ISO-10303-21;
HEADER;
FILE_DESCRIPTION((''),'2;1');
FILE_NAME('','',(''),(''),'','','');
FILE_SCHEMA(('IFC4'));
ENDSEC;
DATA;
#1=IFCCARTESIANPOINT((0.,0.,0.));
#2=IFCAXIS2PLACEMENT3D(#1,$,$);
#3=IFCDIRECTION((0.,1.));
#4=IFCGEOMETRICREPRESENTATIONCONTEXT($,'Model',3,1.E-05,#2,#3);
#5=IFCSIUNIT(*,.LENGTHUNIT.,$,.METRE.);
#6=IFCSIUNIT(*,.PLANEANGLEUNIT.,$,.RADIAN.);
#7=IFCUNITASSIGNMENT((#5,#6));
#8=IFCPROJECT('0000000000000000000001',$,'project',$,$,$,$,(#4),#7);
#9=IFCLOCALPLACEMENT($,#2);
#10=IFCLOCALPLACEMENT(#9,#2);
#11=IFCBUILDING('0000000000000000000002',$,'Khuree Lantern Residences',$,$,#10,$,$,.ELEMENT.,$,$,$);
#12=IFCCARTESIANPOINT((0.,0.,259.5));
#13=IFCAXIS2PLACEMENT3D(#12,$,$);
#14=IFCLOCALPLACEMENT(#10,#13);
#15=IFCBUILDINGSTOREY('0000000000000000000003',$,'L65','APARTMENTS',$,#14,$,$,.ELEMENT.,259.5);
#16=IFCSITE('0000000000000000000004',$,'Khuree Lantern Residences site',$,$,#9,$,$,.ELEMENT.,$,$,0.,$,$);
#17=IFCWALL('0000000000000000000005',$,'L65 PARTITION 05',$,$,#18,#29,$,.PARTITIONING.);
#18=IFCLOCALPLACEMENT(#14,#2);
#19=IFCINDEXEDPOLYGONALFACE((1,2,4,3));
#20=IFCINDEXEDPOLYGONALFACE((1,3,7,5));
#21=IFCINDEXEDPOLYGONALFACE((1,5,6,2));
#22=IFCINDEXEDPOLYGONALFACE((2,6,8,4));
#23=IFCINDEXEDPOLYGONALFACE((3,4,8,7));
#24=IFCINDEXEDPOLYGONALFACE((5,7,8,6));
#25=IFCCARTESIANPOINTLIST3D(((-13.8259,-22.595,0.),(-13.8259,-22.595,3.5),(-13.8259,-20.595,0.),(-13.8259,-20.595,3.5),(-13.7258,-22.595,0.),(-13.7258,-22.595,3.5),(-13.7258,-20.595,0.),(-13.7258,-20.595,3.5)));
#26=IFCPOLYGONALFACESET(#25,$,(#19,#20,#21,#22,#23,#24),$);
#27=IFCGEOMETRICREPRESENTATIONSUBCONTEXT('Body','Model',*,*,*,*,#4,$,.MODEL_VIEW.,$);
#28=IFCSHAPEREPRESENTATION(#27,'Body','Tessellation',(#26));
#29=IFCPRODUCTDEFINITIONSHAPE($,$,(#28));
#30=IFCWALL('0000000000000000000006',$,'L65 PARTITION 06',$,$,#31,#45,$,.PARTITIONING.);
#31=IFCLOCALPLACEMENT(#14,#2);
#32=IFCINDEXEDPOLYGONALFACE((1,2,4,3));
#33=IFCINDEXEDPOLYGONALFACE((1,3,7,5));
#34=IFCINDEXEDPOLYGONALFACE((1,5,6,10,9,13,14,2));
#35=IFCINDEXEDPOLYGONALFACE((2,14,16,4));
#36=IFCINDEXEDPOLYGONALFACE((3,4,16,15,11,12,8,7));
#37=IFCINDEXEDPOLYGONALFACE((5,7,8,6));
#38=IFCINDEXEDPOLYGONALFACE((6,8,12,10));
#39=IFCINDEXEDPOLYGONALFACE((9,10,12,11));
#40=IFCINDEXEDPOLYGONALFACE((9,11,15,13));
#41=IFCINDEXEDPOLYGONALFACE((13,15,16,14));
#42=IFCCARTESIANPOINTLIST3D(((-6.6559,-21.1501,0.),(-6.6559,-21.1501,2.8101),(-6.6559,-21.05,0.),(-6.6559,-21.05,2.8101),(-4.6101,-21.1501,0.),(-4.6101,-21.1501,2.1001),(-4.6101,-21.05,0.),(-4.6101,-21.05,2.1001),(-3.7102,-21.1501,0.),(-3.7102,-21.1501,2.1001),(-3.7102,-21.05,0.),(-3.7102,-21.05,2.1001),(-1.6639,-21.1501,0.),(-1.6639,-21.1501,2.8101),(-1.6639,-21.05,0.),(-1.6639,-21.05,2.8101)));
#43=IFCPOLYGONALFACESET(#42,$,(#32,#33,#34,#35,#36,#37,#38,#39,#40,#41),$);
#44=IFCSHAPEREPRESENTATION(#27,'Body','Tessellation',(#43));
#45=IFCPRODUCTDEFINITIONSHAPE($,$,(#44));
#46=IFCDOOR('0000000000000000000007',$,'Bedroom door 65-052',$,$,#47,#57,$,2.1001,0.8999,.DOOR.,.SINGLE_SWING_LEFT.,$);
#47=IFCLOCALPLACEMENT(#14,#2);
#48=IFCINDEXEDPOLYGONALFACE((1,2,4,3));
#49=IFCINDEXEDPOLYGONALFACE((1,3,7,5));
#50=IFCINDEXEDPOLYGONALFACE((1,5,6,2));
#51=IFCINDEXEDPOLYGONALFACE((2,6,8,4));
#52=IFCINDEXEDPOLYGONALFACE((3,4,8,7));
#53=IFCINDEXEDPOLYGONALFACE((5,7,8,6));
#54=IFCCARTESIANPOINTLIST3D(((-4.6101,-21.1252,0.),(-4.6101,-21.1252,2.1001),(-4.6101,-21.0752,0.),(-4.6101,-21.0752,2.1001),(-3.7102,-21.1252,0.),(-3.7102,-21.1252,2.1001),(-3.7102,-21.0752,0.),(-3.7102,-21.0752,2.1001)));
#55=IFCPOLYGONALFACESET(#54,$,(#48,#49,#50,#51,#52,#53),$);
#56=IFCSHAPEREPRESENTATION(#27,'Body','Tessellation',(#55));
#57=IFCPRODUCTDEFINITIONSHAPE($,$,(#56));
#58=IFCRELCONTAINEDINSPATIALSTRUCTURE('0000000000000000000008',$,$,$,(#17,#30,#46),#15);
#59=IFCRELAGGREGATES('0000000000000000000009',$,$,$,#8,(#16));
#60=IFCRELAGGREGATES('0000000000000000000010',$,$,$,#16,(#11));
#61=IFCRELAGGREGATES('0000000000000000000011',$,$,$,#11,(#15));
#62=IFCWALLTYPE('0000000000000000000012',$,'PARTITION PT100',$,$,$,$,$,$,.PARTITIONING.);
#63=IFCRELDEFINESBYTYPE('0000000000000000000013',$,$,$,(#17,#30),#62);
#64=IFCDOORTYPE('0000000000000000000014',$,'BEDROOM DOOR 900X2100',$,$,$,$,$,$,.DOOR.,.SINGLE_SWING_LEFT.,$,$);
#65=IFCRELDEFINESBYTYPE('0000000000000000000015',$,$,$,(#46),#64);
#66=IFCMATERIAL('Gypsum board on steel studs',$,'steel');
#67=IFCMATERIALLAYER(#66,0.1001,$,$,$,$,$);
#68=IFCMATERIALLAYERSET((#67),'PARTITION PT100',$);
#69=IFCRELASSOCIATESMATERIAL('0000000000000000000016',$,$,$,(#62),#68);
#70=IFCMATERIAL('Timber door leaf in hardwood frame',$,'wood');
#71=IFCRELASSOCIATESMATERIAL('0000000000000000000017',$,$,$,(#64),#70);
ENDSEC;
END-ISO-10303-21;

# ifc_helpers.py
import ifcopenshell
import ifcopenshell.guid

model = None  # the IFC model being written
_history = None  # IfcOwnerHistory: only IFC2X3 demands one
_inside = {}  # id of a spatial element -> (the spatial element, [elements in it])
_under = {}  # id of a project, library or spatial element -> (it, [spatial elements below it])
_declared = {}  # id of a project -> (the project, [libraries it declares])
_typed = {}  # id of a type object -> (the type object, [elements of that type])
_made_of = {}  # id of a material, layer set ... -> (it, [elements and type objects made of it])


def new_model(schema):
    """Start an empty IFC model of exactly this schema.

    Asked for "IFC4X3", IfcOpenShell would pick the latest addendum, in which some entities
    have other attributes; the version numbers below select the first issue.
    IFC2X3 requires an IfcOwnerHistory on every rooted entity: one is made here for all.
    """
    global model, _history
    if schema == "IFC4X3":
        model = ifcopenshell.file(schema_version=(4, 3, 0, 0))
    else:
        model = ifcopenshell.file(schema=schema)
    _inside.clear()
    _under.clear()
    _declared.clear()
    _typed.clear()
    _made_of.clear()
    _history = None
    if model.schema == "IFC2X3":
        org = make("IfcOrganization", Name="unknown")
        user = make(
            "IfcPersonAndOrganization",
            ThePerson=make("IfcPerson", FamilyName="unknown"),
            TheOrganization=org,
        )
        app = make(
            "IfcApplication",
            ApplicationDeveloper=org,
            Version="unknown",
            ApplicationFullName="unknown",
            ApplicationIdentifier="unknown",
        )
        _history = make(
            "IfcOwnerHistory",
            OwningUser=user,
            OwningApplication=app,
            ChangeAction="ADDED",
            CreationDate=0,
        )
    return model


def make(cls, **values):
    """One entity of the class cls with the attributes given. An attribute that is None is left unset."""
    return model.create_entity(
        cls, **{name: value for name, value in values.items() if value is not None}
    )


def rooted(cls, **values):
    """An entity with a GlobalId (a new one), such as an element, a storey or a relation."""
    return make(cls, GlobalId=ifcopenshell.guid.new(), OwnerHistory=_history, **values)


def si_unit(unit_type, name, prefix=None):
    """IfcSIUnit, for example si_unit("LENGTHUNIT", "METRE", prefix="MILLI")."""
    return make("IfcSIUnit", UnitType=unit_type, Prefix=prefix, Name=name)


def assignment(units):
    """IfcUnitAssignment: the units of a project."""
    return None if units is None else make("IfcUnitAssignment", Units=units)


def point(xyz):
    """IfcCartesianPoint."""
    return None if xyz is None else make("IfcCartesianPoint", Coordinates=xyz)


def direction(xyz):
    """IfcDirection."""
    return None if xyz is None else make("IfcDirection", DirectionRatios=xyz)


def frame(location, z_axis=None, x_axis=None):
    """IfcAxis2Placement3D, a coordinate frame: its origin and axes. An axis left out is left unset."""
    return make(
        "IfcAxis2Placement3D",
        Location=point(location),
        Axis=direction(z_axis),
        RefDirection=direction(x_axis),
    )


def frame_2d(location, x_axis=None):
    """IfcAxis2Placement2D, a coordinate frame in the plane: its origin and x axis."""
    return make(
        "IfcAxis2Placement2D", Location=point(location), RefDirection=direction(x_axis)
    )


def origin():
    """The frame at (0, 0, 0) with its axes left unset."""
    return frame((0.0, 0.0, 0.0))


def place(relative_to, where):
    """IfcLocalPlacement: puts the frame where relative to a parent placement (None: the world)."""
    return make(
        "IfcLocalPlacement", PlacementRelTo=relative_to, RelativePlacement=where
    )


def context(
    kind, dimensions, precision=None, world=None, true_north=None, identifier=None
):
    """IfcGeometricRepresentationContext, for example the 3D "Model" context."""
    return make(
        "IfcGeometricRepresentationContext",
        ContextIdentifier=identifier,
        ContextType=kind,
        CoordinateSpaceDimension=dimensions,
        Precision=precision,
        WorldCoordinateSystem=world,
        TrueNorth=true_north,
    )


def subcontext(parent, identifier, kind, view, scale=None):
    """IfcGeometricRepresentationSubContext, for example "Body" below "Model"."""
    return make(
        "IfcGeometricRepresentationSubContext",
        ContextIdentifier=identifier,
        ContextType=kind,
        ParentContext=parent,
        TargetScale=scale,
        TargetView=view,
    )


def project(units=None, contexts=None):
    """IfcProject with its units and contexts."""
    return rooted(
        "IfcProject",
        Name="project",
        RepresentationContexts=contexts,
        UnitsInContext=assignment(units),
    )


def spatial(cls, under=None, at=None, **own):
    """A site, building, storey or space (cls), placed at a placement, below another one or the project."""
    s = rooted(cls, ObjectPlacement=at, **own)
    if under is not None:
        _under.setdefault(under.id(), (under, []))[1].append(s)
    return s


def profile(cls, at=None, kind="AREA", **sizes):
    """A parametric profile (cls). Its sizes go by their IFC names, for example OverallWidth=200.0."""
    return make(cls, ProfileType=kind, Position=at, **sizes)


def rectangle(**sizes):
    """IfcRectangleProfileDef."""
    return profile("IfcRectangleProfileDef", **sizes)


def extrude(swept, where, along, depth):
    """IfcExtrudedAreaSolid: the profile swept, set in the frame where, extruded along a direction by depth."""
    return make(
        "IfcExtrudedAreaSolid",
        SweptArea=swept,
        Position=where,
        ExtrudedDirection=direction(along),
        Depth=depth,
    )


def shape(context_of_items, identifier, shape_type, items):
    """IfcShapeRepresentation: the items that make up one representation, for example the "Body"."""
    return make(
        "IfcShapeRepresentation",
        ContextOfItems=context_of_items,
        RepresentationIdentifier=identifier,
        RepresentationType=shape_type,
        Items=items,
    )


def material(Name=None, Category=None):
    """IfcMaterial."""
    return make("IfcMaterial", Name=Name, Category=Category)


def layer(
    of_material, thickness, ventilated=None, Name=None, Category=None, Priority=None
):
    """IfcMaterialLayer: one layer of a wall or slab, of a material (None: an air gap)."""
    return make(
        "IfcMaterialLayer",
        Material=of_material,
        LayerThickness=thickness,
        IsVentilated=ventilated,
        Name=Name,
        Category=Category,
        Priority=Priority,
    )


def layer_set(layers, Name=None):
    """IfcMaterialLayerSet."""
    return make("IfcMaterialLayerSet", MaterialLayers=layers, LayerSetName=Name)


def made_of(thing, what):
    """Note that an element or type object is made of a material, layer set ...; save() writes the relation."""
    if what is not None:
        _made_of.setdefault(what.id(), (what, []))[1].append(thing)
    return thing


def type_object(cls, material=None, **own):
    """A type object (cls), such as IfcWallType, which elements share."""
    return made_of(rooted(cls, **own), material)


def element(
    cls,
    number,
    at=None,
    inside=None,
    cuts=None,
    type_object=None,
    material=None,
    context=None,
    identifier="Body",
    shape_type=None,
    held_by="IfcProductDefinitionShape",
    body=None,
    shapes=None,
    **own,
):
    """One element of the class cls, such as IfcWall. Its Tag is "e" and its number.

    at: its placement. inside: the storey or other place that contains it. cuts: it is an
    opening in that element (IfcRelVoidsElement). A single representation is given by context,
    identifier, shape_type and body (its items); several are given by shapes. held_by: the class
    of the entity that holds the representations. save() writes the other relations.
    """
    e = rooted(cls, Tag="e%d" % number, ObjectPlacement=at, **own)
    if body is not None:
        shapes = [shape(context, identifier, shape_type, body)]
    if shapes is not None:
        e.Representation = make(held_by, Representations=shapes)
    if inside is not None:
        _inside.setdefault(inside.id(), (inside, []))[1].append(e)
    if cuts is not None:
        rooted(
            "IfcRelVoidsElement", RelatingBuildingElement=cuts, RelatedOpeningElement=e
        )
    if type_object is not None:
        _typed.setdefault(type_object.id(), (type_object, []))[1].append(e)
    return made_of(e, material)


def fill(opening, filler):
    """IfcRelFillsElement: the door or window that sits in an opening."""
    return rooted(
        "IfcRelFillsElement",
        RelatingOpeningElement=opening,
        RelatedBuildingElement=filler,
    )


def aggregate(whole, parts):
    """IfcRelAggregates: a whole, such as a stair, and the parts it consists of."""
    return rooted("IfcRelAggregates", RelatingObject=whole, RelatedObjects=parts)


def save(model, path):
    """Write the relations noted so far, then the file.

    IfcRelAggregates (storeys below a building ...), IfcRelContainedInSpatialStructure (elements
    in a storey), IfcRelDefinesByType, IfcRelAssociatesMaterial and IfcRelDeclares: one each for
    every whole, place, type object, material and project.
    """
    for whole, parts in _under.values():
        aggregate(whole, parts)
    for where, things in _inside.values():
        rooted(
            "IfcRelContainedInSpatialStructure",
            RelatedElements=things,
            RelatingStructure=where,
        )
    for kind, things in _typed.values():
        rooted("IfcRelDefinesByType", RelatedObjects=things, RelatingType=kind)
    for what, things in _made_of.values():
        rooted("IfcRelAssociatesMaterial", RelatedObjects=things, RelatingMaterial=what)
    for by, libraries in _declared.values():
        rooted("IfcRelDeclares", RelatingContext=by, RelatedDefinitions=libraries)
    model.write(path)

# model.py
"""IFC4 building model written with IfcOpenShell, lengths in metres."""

from ifc_helpers import new_model, si_unit, direction, frame, frame_2d, origin, place, context, subcontext, project, spatial, rectangle, extrude, material, layer, layer_set, type_object, element, fill, save


model = new_model("IFC4")

# Units and contexts
model_context = context("Model", 3, precision=1e-05, world=origin(), true_north=direction((0.0, 1.0)))
body_context = subcontext(model_context, "Body", "Model", "MODEL_VIEW")
ifc_project = project(units=[si_unit("LENGTHUNIT", "METRE"), si_unit("PLANEANGLEUNIT", "RADIAN")], contexts=[model_context])

# Site, building, storey
site_placement = place(None, origin())
site = spatial("IfcSite", under=ifc_project, at=site_placement, Name="Khuree Lantern Residences site", CompositionType="ELEMENT", RefElevation=0.0)
building_placement = place(site_placement, origin())
building = spatial("IfcBuilding", under=site, at=building_placement, Name="Khuree Lantern Residences", CompositionType="ELEMENT")
storey_placement = place(building_placement, frame((0.0, 0.0, 259.5)))
storey = spatial("IfcBuildingStorey", under=building, at=storey_placement, Name="L65", Description="APARTMENTS", CompositionType="ELEMENT", Elevation=259.5)

# Shared definitions
ifc_material_1 = material(Name="Gypsum board on steel studs", Category="steel")
ifc_layer_1 = layer(ifc_material_1, 0.1001)
ifc_layer_set_1 = layer_set([ifc_layer_1], Name="PARTITION PT100")
wall_type_1 = type_object("IfcWallType", Name="PARTITION PT100", PredefinedType="PARTITIONING", material=ifc_layer_set_1)

# Shared definitions
ifc_material_2 = material(Name="Timber door leaf in hardwood frame", Category="wood")
door_type_1 = type_object("IfcDoorType", Name="BEDROOM DOOR 900X2100", OperationType="SINGLE_SWING_LEFT", PredefinedType="DOOR", material=ifc_material_2)

# Wall
wall_1_placement = place(storey_placement, frame((-13.7759, -20.595, 0.0), z_axis=(0.0, 0.0, 1.0), x_axis=(0.0, -1.0, 0.0)))
element("IfcWall", 1, at=wall_1_placement, inside=storey, type_object=wall_type_1, Name="L65 PARTITION 05", PredefinedType="PARTITIONING", context=body_context, shape_type="SweptSolid", body=[
    extrude(rectangle(XDim=2.0, YDim=0.1001, at=frame_2d((1.0, 0.0))), origin(), (0.0, 0.0, 1.0), 3.5),
])

# Wall, opening, door
wall_2_placement = place(storey_placement, frame((-6.656, -21.1001, 0.0), z_axis=(0.0, 0.0, 1.0), x_axis=(1.0, 0.0, 0.0)))
wall_2 = element("IfcWall", 2, at=wall_2_placement, inside=storey, type_object=wall_type_1, Name="L65 PARTITION 06", PredefinedType="PARTITIONING", context=body_context, shape_type="SweptSolid", body=[
    extrude(rectangle(XDim=4.9919, YDim=0.1001, at=frame_2d((2.4961, 0.0))), origin(), (0.0, 0.0, 1.0), 2.8101),
])
opening_1_placement = place(wall_2_placement, frame((2.0459, 0.0, 0.0)))
opening_1 = element("IfcOpeningElement", 3, at=opening_1_placement, cuts=wall_2, PredefinedType="OPENING", context=body_context, shape_type="SweptSolid", body=[
    extrude(rectangle(XDim=0.8999, YDim=2.1001, at=frame_2d((0.45, 1.05))), frame((0.0, 0.0601, 0.0), z_axis=(0.0, -1.0, 0.0), x_axis=(1.0, 0.0, 0.0)), (0.0, 0.0, 1.0), 0.1201),
])
door_1_placement = place(opening_1_placement, origin())
door_1 = element("IfcDoor", 4, at=door_1_placement, inside=storey, type_object=door_type_1, Name="Bedroom door 65-052", OperationType="SINGLE_SWING_LEFT", OverallHeight=2.1001, OverallWidth=0.8999, PredefinedType="DOOR", context=body_context, shape_type="SweptSolid", body=[
    extrude(rectangle(XDim=0.8999, YDim=2.1001, at=frame_2d((0.45, 1.05))), frame((0.0, 0.0249, 0.0), z_axis=(0.0, -1.0, 0.0), x_axis=(1.0, 0.0, 0.0)), (0.0, 0.0, 1.0), 0.05),
])
fill(opening_1, door_1)

save(model, "model.ifc")
